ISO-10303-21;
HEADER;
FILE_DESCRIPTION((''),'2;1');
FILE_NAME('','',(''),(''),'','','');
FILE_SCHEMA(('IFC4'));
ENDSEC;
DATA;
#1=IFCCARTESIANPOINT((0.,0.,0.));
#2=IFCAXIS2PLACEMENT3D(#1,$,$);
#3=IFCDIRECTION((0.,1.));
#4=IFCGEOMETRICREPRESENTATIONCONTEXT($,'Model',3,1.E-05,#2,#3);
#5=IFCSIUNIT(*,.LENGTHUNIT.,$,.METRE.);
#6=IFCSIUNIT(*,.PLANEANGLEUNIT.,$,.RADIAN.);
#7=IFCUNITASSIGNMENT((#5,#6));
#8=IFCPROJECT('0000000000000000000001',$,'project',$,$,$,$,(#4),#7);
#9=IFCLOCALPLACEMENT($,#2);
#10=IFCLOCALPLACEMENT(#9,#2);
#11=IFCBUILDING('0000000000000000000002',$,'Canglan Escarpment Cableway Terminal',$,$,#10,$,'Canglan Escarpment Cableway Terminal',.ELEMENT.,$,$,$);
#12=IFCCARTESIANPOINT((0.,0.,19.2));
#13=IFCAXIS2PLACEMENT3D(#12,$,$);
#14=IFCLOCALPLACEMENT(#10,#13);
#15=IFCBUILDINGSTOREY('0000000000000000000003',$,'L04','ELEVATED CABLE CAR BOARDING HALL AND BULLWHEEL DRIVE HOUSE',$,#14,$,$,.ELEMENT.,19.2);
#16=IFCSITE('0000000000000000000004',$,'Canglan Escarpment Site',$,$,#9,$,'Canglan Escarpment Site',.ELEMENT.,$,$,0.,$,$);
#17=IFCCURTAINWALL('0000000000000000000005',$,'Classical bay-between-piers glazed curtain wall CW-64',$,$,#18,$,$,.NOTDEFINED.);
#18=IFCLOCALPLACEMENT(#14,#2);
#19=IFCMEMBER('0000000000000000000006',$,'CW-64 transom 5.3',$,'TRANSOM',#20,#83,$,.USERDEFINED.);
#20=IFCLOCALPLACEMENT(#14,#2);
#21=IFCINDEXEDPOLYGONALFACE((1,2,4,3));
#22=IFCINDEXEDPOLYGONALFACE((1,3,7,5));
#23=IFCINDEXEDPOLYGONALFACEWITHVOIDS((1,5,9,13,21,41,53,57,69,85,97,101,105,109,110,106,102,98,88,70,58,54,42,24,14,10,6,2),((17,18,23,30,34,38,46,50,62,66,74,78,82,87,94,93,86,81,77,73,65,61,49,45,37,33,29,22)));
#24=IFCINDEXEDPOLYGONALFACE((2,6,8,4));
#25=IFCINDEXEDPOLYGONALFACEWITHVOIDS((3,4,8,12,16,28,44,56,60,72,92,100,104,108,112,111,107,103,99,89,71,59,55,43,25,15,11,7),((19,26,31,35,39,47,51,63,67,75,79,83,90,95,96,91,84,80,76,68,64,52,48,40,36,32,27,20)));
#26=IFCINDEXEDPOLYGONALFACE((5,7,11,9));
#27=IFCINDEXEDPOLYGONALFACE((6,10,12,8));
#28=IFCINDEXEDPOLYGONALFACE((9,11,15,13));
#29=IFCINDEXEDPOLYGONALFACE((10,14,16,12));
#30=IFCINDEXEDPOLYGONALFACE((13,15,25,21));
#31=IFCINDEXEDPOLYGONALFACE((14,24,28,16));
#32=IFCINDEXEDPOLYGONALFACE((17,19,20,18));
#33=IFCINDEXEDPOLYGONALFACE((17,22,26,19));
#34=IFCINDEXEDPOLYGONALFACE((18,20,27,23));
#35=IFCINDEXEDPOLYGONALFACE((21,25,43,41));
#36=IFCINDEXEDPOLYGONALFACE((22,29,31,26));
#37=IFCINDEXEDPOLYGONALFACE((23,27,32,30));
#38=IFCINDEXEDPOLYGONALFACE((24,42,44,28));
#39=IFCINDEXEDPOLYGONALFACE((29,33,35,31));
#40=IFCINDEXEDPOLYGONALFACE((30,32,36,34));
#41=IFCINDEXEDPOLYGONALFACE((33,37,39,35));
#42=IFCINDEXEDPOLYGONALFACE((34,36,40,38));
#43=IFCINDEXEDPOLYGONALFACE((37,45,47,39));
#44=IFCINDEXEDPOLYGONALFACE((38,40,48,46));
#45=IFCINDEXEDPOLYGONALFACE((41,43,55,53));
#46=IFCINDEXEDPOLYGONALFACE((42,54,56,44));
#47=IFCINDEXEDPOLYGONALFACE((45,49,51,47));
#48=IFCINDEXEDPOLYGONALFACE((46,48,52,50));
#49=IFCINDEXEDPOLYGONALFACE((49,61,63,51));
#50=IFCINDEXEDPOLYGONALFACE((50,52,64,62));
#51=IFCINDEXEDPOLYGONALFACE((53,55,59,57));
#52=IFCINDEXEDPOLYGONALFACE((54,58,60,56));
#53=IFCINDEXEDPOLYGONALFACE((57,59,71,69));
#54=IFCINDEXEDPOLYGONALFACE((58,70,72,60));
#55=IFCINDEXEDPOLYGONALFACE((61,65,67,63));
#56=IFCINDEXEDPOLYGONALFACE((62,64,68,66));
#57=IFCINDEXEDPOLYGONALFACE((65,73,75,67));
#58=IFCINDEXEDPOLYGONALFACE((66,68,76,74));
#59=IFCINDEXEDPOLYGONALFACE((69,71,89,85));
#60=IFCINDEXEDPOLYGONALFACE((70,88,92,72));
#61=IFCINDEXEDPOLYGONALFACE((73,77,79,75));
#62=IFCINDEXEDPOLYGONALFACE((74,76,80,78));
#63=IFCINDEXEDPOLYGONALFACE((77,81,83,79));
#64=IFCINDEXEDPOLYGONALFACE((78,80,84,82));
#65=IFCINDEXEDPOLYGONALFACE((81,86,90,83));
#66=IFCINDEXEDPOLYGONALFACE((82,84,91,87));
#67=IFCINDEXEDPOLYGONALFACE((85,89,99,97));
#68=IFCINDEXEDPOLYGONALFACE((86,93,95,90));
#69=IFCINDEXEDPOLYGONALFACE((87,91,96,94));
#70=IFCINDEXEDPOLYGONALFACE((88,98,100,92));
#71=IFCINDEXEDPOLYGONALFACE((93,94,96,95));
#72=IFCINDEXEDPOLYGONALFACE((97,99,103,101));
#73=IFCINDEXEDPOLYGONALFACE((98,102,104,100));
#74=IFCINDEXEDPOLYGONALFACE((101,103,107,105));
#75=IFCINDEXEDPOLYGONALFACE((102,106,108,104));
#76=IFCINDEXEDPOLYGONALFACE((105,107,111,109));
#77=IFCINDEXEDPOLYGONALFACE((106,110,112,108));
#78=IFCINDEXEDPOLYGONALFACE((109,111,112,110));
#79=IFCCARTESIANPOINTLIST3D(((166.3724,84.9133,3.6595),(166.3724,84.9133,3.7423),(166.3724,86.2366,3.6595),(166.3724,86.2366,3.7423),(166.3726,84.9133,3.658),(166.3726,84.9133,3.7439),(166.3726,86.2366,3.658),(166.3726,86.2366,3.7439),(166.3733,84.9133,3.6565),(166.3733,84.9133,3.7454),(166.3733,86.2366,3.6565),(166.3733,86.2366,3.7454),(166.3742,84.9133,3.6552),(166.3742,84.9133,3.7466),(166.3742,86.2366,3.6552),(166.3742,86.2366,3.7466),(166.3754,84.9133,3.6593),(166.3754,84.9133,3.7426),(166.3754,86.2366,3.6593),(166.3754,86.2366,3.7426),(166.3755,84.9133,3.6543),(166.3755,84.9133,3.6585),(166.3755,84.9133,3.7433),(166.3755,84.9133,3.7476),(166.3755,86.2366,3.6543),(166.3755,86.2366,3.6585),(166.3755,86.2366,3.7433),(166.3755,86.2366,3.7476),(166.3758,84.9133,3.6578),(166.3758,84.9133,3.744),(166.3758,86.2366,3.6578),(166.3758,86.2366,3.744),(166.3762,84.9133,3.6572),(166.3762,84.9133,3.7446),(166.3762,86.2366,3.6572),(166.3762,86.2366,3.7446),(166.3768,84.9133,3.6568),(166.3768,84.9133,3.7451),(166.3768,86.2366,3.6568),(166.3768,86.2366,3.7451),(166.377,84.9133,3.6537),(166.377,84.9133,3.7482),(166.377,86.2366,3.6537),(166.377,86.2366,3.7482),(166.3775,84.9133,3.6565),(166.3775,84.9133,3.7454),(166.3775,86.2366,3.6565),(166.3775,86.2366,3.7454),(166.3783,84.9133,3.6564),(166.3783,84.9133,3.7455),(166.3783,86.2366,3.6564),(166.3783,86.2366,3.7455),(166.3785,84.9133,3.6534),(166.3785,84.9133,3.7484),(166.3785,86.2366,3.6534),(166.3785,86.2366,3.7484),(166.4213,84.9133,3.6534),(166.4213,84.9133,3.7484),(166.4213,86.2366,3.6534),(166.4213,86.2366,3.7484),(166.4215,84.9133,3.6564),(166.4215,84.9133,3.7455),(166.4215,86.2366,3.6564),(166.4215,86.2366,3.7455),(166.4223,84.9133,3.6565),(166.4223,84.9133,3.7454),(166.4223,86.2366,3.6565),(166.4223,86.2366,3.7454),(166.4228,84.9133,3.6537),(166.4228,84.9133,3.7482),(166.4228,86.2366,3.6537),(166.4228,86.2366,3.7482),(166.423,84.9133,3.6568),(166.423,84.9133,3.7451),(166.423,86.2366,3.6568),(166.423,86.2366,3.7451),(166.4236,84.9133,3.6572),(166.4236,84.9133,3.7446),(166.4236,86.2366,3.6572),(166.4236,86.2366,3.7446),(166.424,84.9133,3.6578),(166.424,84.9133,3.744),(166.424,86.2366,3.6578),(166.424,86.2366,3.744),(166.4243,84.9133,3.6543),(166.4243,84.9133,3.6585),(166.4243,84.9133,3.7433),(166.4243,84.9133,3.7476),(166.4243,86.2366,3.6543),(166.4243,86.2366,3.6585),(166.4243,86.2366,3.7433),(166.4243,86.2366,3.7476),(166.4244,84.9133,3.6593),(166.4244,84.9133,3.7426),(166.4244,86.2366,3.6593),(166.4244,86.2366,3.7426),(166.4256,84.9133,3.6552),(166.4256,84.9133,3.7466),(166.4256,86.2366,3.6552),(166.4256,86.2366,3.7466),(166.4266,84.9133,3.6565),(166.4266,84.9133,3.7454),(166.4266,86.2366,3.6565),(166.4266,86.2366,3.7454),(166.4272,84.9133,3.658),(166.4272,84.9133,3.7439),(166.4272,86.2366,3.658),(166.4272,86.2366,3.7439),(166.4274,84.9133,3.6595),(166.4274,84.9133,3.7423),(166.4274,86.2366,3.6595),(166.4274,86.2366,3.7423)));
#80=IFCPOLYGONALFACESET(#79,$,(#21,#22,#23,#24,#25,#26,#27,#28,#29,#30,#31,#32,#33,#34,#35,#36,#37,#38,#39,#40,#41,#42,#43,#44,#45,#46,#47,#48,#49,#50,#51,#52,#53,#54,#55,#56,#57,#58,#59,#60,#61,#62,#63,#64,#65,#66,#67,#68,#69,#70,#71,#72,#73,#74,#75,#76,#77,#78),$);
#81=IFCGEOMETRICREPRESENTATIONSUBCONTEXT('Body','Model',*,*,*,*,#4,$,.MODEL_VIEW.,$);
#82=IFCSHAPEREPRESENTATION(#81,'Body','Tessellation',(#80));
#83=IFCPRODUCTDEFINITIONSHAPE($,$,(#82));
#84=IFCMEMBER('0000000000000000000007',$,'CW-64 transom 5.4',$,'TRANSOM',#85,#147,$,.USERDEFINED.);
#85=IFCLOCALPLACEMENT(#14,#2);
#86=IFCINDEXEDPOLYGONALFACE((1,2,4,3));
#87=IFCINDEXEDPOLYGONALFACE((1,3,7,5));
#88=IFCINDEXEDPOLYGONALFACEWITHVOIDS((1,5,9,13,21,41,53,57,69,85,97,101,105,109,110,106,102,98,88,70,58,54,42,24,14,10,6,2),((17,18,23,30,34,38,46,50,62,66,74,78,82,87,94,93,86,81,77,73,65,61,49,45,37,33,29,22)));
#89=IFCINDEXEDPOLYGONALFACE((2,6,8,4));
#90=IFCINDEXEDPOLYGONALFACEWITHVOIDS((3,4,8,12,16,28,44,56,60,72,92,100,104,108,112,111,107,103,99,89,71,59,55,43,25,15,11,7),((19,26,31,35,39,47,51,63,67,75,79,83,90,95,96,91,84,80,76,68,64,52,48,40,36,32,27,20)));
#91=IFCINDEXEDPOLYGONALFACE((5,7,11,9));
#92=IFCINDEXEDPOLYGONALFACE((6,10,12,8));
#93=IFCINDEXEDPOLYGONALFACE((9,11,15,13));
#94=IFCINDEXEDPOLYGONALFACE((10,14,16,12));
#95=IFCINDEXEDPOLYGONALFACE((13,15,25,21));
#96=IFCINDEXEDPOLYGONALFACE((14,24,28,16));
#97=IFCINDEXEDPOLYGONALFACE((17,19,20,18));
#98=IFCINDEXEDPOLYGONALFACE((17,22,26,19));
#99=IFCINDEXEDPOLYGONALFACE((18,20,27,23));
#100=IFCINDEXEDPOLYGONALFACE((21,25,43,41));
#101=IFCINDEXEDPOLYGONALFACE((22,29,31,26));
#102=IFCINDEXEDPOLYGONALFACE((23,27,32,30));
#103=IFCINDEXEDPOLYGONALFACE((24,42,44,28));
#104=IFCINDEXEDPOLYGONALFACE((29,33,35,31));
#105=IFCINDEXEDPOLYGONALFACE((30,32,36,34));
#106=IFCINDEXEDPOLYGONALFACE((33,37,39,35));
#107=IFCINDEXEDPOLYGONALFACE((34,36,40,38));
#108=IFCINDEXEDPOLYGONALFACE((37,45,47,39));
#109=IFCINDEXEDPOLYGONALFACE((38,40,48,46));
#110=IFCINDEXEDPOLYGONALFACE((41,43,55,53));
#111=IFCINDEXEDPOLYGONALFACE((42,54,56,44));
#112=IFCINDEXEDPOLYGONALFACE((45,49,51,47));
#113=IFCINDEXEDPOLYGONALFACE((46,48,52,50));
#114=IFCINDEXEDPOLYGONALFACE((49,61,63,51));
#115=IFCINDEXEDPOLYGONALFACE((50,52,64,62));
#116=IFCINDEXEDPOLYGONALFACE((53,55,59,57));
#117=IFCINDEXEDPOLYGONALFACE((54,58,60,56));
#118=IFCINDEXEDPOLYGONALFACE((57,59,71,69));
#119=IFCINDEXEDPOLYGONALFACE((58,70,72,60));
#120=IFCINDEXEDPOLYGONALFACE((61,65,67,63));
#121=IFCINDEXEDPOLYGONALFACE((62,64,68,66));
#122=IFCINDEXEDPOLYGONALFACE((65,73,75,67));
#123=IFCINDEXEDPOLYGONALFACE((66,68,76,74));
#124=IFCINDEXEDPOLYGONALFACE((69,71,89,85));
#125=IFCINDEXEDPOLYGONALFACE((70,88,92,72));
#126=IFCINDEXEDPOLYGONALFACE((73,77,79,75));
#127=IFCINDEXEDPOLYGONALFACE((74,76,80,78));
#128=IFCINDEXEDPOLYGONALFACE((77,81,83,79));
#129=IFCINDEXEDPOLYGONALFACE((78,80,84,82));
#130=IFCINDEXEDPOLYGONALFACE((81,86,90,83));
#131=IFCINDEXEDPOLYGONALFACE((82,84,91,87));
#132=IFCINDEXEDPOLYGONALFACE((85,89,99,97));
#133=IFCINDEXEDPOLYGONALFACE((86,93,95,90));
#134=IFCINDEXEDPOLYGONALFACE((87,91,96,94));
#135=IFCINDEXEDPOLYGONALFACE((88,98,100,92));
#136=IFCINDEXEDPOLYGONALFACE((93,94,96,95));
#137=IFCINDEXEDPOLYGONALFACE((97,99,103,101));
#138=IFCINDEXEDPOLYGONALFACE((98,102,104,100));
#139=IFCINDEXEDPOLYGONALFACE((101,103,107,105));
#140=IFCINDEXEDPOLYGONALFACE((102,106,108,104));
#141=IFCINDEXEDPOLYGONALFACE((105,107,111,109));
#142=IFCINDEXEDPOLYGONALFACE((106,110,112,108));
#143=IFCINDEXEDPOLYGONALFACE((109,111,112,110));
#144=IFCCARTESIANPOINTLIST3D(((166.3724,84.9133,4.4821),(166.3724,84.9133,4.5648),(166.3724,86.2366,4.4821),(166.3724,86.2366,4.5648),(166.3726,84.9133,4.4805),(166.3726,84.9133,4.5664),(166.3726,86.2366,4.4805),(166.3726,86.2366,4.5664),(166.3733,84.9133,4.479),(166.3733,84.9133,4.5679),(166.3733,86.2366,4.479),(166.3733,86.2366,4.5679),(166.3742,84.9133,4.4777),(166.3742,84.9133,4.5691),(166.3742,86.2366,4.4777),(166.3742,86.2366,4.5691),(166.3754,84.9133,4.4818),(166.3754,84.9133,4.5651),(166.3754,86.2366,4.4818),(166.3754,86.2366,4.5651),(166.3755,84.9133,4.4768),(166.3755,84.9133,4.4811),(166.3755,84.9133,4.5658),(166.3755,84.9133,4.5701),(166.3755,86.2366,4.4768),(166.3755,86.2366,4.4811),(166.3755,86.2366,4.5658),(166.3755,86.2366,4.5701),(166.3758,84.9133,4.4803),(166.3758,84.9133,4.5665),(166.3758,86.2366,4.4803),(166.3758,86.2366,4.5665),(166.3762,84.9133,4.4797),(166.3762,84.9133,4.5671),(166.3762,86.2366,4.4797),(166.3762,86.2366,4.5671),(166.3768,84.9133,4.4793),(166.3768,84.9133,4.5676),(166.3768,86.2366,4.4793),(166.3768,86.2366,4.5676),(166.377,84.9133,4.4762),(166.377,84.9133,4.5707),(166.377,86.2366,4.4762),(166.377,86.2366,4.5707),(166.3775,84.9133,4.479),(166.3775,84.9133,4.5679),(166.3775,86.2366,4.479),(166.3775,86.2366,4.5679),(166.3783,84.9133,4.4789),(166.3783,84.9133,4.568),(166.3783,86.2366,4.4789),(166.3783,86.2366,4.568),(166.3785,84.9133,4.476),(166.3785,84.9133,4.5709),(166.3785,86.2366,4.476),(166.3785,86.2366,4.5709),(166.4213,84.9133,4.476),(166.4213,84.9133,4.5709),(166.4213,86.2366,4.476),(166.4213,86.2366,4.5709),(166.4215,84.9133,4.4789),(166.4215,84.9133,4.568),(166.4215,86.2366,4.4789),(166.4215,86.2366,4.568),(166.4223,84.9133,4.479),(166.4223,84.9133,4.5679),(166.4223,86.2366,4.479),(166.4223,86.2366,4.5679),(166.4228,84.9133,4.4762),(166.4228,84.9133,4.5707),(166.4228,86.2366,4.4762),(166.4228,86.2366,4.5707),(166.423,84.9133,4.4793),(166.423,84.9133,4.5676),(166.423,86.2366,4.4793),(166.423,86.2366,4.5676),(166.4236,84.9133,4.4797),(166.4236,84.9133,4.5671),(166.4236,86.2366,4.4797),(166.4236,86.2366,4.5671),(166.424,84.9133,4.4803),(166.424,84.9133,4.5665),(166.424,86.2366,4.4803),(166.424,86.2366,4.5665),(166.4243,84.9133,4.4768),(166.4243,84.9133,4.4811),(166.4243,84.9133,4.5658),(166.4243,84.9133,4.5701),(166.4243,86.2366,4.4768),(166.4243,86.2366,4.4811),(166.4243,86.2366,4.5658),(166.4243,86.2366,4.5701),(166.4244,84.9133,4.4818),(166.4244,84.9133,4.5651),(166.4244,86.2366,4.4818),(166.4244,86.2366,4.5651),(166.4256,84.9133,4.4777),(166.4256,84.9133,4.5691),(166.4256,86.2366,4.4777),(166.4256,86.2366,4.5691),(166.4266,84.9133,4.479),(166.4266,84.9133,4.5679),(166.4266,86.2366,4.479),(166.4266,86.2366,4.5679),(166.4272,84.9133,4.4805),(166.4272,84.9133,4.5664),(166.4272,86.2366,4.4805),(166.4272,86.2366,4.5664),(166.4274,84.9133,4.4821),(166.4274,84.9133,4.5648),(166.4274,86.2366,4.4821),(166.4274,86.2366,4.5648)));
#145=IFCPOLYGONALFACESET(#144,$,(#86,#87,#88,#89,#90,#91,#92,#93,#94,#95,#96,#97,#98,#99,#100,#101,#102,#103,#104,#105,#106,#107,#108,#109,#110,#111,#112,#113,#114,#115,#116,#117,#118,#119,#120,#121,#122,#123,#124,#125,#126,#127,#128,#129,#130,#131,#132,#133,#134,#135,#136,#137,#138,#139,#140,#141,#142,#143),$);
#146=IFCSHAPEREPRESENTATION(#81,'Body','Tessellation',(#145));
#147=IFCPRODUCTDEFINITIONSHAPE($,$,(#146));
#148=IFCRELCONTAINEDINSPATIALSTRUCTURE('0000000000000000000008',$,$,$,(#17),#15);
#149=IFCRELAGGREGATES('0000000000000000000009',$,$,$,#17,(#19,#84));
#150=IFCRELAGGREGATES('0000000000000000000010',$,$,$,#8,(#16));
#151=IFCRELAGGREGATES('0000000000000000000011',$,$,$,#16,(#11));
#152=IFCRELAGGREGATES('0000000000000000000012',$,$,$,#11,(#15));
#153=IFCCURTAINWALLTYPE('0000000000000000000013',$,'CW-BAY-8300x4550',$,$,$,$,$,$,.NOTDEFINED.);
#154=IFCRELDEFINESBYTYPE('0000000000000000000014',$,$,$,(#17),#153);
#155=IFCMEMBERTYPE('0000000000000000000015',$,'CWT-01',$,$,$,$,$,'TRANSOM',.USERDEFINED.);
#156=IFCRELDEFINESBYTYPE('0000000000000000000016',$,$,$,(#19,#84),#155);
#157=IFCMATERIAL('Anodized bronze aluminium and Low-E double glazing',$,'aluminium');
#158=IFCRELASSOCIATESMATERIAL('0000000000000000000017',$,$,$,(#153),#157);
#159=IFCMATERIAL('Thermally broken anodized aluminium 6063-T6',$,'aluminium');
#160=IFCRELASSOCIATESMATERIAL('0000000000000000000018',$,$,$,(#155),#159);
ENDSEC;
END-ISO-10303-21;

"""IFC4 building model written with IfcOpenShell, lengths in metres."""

from ifc_helpers import new_model, si_unit, direction, frame, origin, origin_2d, place, context, subcontext, project, spatial, hollow_rectangle, extrude, material, material_profile, profile_set, type_object, element, aggregate, save


model = new_model("IFC4")

# Units and contexts
model_context = context("Model", 3, precision=1e-05, world=origin(), true_north=direction((0.0, 1.0)))
body_context = subcontext(model_context, "Body", "Model", "MODEL_VIEW")
ifc_project = project(units=[si_unit("LENGTHUNIT", "METRE"), si_unit("PLANEANGLEUNIT", "RADIAN")], contexts=[model_context])

# Site, building, storey
site_placement = place(None, origin())
site = spatial("IfcSite", under=ifc_project, at=site_placement, Name="Canglan Escarpment Site", LongName="Canglan Escarpment Site", CompositionType="ELEMENT", RefElevation=0.0)
building_placement = place(site_placement, origin())
building = spatial("IfcBuilding", under=site, at=building_placement, Name="Canglan Escarpment Cableway Terminal", LongName="Canglan Escarpment Cableway Terminal", CompositionType="ELEMENT")
storey_placement = place(building_placement, frame((0.0, 0.0, 19.2)))
storey = spatial("IfcBuildingStorey", under=building, at=storey_placement, Name="L04", Description="ELEVATED CABLE CAR BOARDING HALL AND BULLWHEEL DRIVE HOUSE", CompositionType="ELEMENT", Elevation=19.2)

# Curtain wall, members
ifc_material_1 = material(Name="Anodized bronze aluminium and Low-E double glazing", Category="aluminium")
curtain_wall_type = type_object("IfcCurtainWallType", Name="CW-BAY-8300x4550", PredefinedType="NOTDEFINED", material=ifc_material_1)
curtain_wall_placement = place(storey_placement, origin())
curtain_wall = element("IfcCurtainWall", 1, at=curtain_wall_placement, inside=storey, type_object=curtain_wall_type, Name="Classical bay-between-piers glazed curtain wall CW-64", PredefinedType="NOTDEFINED")
ifc_material_2 = material(Name="Thermally broken anodized aluminium 6063-T6", Category="aluminium")
ifc_material_profile_1 = material_profile(ifc_material_2, hollow_rectangle(XDim=0.0549, YDim=0.095, WallThickness=0.0029, InnerFilletRadius=0.0029, OuterFilletRadius=0.0061, at=origin_2d()), Name="ALU-TRAN 55x95x3")
ifc_profile_set_1 = profile_set([ifc_material_profile_1], Name="Thermally broken anodized aluminium 6063-T6")
member_type_1 = type_object("IfcMemberType", Name="CWT-01", ElementType="TRANSOM", PredefinedType="USERDEFINED", material=ifc_profile_set_1)
member_1_placement = place(storey_placement, frame((166.3999, 84.9133, 3.7009), z_axis=(0.0, 1.0, 0.0), x_axis=(-1.0, 0.0, 0.0)))
member_1 = element("IfcMember", 2, at=member_1_placement, type_object=member_type_1, Name="CW-64 transom 5.3", ObjectType="TRANSOM", PredefinedType="USERDEFINED", context=body_context, shape_type="SweptSolid", body=[
    extrude(hollow_rectangle(XDim=0.0549, YDim=0.095, WallThickness=0.0029, InnerFilletRadius=0.0029, OuterFilletRadius=0.0061, at=origin_2d()), origin(), (0.0, 0.0, 1.0), 1.3232),
])
member_2_placement = place(storey_placement, frame((166.3999, 84.9133, 4.5234), z_axis=(0.0, 1.0, 0.0), x_axis=(-1.0, 0.0, 0.0)))
member_2 = element("IfcMember", 3, at=member_2_placement, type_object=member_type_1, Name="CW-64 transom 5.4", ObjectType="TRANSOM", PredefinedType="USERDEFINED", context=body_context, shape_type="SweptSolid", body=[
    extrude(hollow_rectangle(XDim=0.0549, YDim=0.095, WallThickness=0.0029, InnerFilletRadius=0.0029, OuterFilletRadius=0.0061, at=origin_2d()), origin(), (0.0, 0.0, 1.0), 1.3232),
])
aggregate(curtain_wall, [member_1, member_2])

save(model, "model.ifc")
